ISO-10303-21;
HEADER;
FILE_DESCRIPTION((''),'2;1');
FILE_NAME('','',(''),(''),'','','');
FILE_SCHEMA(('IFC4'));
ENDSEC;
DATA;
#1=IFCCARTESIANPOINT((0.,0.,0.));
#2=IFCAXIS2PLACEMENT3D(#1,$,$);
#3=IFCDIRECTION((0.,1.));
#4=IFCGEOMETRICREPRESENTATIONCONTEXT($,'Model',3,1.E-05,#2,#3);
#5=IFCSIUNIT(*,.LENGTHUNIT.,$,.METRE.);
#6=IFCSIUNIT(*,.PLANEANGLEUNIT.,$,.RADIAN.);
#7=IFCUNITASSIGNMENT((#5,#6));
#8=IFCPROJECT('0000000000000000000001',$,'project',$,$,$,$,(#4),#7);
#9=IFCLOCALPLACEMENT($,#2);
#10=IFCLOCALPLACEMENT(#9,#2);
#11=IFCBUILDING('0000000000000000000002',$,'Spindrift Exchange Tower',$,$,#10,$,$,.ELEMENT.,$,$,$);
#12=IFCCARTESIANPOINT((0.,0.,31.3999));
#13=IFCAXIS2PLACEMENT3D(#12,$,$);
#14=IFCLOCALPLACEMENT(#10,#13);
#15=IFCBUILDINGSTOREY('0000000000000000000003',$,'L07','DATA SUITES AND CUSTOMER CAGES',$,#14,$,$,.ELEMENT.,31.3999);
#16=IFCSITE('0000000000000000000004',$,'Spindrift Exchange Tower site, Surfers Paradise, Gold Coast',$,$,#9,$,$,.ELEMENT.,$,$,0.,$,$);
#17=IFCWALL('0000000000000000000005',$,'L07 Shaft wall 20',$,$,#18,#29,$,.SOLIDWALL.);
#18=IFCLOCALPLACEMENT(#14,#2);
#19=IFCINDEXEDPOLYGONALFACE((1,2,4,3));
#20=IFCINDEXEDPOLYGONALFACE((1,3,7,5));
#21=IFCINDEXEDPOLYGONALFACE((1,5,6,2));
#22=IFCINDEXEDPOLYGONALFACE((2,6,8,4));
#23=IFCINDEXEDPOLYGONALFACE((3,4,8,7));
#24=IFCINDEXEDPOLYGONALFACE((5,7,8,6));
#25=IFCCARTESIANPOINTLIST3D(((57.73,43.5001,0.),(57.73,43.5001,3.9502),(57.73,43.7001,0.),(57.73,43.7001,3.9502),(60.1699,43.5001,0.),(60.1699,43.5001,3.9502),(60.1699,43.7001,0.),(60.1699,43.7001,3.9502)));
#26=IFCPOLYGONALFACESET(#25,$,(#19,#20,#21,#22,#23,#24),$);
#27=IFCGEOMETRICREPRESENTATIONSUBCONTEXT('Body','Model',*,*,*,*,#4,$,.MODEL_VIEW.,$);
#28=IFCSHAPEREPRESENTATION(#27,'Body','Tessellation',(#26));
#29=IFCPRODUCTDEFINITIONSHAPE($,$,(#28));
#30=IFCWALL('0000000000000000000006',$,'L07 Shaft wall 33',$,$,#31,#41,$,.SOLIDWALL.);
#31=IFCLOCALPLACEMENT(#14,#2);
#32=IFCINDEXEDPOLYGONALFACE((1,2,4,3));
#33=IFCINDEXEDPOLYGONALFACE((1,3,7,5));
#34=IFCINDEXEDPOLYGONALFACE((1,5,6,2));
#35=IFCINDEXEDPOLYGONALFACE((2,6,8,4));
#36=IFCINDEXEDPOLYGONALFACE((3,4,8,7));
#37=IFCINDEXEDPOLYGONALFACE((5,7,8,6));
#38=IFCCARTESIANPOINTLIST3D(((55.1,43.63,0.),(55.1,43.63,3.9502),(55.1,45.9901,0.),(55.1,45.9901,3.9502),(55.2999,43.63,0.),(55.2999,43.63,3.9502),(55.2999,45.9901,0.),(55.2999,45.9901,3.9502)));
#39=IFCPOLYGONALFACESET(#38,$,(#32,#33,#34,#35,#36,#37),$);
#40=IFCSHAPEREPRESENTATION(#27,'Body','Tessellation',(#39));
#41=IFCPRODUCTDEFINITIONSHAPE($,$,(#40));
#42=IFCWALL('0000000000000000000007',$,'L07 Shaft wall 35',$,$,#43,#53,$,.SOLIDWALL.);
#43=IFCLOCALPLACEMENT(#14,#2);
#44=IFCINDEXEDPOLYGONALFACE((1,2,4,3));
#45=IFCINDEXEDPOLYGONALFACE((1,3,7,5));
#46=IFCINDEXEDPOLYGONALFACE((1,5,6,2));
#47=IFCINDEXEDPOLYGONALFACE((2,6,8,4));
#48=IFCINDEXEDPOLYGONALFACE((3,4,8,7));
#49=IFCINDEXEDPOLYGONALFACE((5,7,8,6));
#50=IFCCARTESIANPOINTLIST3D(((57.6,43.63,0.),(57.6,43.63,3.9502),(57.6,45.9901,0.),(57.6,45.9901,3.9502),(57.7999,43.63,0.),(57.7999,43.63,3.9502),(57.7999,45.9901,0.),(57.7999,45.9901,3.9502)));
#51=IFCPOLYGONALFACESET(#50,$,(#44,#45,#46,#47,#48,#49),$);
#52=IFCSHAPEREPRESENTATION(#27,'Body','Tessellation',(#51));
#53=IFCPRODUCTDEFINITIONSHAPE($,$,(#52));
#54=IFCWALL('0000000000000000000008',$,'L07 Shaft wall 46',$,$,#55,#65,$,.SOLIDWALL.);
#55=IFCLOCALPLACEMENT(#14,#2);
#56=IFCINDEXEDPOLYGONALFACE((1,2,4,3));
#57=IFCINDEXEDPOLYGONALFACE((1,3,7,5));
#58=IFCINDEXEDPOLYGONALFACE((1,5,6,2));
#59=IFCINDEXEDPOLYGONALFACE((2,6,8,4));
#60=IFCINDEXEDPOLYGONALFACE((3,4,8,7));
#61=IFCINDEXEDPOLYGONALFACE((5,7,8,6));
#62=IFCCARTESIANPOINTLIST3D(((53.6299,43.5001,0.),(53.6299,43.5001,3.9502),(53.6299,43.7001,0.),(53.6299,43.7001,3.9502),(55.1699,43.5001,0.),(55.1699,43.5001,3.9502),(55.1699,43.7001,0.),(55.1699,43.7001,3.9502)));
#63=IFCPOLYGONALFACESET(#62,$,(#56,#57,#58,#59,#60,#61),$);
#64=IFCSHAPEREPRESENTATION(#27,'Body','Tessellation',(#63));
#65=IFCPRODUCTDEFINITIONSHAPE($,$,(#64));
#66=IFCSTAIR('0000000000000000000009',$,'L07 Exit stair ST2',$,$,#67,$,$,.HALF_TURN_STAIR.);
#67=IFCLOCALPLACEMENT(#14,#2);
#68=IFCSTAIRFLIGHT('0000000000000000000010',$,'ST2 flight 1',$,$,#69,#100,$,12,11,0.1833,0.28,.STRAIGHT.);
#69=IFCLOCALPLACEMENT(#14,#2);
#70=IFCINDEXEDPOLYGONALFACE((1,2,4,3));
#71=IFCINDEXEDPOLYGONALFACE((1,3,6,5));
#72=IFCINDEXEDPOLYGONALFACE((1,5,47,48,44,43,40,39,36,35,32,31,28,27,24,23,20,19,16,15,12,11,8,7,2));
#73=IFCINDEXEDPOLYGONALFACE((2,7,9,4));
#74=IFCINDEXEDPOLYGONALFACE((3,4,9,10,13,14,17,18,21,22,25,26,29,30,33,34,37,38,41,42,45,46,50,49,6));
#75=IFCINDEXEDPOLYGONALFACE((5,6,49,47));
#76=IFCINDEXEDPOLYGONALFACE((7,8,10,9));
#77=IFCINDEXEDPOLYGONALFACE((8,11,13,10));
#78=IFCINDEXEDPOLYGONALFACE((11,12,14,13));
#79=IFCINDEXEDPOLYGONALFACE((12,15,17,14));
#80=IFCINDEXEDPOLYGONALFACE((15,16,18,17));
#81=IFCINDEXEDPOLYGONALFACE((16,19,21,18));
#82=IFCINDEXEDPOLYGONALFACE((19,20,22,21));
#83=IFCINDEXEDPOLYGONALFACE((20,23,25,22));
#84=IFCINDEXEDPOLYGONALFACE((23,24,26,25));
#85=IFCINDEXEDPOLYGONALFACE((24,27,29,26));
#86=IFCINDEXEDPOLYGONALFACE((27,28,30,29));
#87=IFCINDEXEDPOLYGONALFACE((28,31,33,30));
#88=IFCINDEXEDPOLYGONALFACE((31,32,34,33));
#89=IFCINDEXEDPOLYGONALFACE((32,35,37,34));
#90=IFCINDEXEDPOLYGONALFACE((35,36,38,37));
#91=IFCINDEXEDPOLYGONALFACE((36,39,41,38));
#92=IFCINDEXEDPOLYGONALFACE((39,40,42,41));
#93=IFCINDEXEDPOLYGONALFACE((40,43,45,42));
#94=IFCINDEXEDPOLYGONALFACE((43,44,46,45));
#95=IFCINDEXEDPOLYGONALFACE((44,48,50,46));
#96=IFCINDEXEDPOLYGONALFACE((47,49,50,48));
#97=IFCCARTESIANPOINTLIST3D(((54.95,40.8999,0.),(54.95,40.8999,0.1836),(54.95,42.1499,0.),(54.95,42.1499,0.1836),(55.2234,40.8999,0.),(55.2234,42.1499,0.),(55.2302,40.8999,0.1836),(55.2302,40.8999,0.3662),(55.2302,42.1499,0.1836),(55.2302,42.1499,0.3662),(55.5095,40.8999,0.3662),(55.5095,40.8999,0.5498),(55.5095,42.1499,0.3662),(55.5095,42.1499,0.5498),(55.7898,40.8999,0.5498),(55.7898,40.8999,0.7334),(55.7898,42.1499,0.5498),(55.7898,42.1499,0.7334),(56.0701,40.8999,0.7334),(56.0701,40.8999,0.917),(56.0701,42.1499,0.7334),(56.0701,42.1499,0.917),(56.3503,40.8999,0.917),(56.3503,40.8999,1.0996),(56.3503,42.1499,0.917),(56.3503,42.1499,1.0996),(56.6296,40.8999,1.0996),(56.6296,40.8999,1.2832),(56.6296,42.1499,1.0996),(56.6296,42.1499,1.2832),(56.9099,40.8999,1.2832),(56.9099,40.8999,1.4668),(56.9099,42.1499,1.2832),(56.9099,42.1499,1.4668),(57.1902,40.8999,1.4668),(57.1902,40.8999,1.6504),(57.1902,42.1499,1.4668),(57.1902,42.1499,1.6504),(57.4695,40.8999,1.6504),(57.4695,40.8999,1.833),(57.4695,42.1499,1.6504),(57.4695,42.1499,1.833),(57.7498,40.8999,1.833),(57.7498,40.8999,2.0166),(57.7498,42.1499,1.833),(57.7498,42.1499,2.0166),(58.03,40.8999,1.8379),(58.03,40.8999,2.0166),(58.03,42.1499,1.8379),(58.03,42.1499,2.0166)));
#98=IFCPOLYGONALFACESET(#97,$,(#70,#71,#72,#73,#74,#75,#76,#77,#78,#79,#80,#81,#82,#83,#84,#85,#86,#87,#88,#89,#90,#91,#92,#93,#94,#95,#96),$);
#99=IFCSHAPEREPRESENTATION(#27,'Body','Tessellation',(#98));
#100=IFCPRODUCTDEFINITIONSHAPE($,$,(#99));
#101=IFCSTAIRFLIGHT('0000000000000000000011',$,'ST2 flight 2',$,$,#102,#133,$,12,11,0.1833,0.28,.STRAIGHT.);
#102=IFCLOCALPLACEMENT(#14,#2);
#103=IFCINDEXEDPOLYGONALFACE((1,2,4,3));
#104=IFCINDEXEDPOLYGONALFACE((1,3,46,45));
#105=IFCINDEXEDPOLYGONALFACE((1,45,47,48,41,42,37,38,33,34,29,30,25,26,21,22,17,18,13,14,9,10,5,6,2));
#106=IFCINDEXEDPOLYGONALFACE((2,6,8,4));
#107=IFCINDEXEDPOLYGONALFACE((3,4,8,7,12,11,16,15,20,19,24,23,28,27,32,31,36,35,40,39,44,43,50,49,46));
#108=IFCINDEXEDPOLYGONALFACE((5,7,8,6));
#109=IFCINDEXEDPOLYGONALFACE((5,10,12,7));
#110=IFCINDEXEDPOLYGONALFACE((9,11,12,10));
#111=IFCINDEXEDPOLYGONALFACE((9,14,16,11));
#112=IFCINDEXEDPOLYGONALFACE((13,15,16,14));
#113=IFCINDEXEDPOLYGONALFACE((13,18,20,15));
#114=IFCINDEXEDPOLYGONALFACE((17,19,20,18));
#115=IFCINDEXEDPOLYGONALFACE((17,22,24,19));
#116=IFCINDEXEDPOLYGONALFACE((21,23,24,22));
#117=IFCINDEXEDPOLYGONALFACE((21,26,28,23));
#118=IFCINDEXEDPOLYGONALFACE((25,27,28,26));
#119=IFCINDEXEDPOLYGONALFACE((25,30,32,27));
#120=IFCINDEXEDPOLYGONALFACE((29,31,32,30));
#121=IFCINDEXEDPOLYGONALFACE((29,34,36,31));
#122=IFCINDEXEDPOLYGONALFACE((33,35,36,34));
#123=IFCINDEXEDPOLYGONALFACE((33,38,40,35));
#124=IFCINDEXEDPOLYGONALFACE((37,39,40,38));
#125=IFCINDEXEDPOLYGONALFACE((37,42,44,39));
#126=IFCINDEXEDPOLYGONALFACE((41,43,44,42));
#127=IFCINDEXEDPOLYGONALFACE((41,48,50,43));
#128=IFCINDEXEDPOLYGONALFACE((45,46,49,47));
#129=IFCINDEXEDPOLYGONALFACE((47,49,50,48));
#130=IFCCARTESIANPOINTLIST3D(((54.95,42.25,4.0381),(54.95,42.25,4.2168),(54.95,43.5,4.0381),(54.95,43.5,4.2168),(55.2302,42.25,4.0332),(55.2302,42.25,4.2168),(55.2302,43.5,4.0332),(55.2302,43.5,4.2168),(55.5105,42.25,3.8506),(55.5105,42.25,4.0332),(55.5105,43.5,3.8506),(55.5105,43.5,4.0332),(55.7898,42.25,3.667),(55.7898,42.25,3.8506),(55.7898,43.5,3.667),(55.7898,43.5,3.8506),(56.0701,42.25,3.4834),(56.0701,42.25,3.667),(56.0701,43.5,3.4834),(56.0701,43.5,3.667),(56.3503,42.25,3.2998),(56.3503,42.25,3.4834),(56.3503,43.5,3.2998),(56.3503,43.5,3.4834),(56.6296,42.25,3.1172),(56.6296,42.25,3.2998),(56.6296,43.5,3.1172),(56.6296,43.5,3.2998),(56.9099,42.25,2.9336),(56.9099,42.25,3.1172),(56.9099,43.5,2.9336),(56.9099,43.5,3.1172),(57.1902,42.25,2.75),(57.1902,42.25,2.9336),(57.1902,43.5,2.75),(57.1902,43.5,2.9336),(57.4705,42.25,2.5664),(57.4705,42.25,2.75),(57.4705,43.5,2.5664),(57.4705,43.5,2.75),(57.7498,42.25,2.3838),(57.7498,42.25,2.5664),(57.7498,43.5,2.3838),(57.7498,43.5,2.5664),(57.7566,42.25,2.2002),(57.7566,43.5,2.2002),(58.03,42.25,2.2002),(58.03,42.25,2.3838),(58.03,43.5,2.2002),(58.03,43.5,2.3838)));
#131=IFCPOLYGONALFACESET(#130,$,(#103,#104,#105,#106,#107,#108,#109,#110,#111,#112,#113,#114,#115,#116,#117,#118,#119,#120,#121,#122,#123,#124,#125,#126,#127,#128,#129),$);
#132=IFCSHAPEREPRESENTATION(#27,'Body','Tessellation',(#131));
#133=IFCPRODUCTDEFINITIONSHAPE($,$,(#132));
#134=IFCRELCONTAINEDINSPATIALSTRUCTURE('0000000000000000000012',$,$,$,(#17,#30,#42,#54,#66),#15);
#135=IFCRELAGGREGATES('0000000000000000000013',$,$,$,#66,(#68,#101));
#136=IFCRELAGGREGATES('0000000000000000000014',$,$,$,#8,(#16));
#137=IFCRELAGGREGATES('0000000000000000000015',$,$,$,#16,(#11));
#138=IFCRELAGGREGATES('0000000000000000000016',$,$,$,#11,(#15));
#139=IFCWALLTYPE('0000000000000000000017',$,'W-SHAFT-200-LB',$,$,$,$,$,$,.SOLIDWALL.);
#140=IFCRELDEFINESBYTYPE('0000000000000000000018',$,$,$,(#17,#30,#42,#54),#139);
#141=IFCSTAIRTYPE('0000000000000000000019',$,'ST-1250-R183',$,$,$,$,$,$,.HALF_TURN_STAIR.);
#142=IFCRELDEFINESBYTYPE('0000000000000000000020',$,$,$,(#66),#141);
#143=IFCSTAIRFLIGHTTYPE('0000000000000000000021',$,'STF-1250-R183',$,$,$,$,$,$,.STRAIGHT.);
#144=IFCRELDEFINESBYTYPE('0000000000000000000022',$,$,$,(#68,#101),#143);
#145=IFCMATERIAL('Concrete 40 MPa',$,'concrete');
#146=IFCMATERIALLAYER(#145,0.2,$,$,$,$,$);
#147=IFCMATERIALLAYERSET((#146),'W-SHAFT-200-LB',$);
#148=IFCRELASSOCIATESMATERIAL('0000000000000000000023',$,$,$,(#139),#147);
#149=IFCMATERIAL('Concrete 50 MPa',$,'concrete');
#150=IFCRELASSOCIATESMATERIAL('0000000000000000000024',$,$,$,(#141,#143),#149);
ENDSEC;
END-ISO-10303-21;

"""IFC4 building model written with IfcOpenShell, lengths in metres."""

from ifc_helpers import new_model, si_unit, direction, frame, frame_2d, origin, place, context, subcontext, project, spatial, line, indexed_curve, rectangle, outline, extrude, material, layer, layer_set, type_object, element, aggregate, save


model = new_model("IFC4")

# Units and contexts
model_context = context("Model", 3, precision=1e-05, world=origin(), true_north=direction((0.0, 1.0)))
body_context = subcontext(model_context, "Body", "Model", "MODEL_VIEW")
ifc_project = project(units=[si_unit("LENGTHUNIT", "METRE"), si_unit("PLANEANGLEUNIT", "RADIAN")], contexts=[model_context])

# Site, building, storey
site_placement = place(None, origin())
site = spatial("IfcSite", under=ifc_project, at=site_placement, Name="Spindrift Exchange Tower site, Surfers Paradise, Gold Coast", CompositionType="ELEMENT", RefElevation=0.0)
building_placement = place(site_placement, origin())
building = spatial("IfcBuilding", under=site, at=building_placement, Name="Spindrift Exchange Tower", CompositionType="ELEMENT")
storey_placement = place(building_placement, frame((0.0, 0.0, 31.3999)))
storey = spatial("IfcBuildingStorey", under=building, at=storey_placement, Name="L07", Description="DATA SUITES AND CUSTOMER CAGES", CompositionType="ELEMENT", Elevation=31.3999)

# Shared definitions
ifc_material_1 = material(Name="Concrete 40 MPa", Category="concrete")
ifc_layer = layer(ifc_material_1, 0.2)
ifc_layer_set = layer_set([ifc_layer], Name="W-SHAFT-200-LB")
wall_type = type_object("IfcWallType", Name="W-SHAFT-200-LB", PredefinedType="SOLIDWALL", material=ifc_layer_set)

# Walls
wall_1_placement = place(storey_placement, frame((57.73, 43.6001, 0.0), z_axis=(0.0, 0.0, 1.0), x_axis=(1.0, 0.0, 0.0)))
element("IfcWall", 1, at=wall_1_placement, inside=storey, type_object=wall_type, Name="L07 Shaft wall 20", PredefinedType="SOLIDWALL", context=body_context, shape_type="SweptSolid", body=[
    extrude(rectangle(XDim=2.4399, YDim=0.2, at=frame_2d((1.22, 0.0))), origin(), (0.0, 0.0, 1.0), 3.9502),
])
for number, where, z_axis, x_axis, name in (
    (2, (55.2, 43.6299, 0.0), (0.0, 0.0, 1.0), (0.0, 1.0, 0.0), "L07 Shaft wall 33"),
    (3, (57.7, 43.6299, 0.0), (0.0, 0.0, 1.0), (0.0, 1.0, 0.0), "L07 Shaft wall 35"),
):
    element("IfcWall", number, at=place(storey_placement, frame(where, z_axis=z_axis, x_axis=x_axis)), inside=storey, type_object=wall_type, Name=name, PredefinedType="SOLIDWALL", context=body_context, shape_type="SweptSolid", body=[
        extrude(rectangle(XDim=2.3601, YDim=0.2, at=frame_2d((1.1802, 0.0))), origin(), (0.0, 0.0, 1.0), 3.9502),
    ])
wall_2_placement = place(storey_placement, frame((53.6299, 43.6001, 0.0), z_axis=(0.0, 0.0, 1.0), x_axis=(1.0, 0.0, 0.0)))
element("IfcWall", 4, at=wall_2_placement, inside=storey, type_object=wall_type, Name="L07 Shaft wall 46", PredefinedType="SOLIDWALL", context=body_context, shape_type="SweptSolid", body=[
    extrude(rectangle(XDim=1.54, YDim=0.2, at=frame_2d((0.77, 0.0))), origin(), (0.0, 0.0, 1.0), 3.9502),
])

# Stair, stair flights
ifc_material_2 = material(Name="Concrete 50 MPa", Category="concrete")
stair_type = type_object("IfcStairType", Name="ST-1250-R183", PredefinedType="HALF_TURN_STAIR", material=ifc_material_2)
stair_placement = place(storey_placement, origin())
stair = element("IfcStair", 5, at=stair_placement, inside=storey, type_object=stair_type, Name="L07 Exit stair ST2", PredefinedType="HALF_TURN_STAIR")
stair_flight_type = type_object("IfcStairFlightType", Name="STF-1250-R183", PredefinedType="STRAIGHT", material=ifc_material_2)
stair_flight_1_placement = place(storey_placement, frame((54.95, 41.5249, 0.0), z_axis=(0.0, 0.0, 1.0), x_axis=(1.0, 0.0, 0.0)))
stair_flight_1 = element("IfcStairFlight", 6, at=stair_flight_1_placement, type_object=stair_flight_type, Name="ST2 flight 1", NumberOfRisers=12, NumberOfTreads=11, PredefinedType="STRAIGHT", RiserHeight=0.1833, TreadLength=0.28, context=body_context, shape_type="SweptSolid", body=[
    extrude(outline(indexed_curve([(0.0, 0.0), (0.0, 0.1836), (0.2803, 0.1836), (0.2803, 0.3662), (0.5596, 0.3662), (0.5596, 0.5498), (0.8398, 0.5498), (0.8398, 0.7334), (1.1201, 0.7334), (1.1201, 0.917), (1.4004, 0.917), (1.4004, 1.0996), (1.6797, 1.0996), (1.6797, 1.2832), (1.96, 1.2832), (1.96, 1.4668), (2.2402, 1.4668), (2.2402, 1.6504), (2.5195, 1.6504), (2.5195, 1.833), (2.7998, 1.833), (2.7998, 2.0166), (3.0801, 2.0166), (3.0801, 2.2002), (3.0801, 1.8379), (0.2734, 0.0)], segments=[line(1, 2, 3, 4, 5, 6, 7, 8, 9, 10, 11, 12, 13, 14, 15, 16, 17, 18, 19, 20, 21, 22, 23, 24, 25, 26, 1)], self_intersect=False)), frame((0.0, 0.625, 0.0), z_axis=(0.0, -1.0, 0.0), x_axis=(1.0, 0.0, 0.0)), (0.0, 0.0, 1.0), 1.25),
])
stair_flight_2_placement = place(storey_placement, frame((58.03, 42.875, 2.2002), z_axis=(0.0, 0.0, 1.0), x_axis=(-1.0, 0.0, 0.0)))
stair_flight_2 = element("IfcStairFlight", 7, at=stair_flight_2_placement, type_object=stair_flight_type, Name="ST2 flight 2", NumberOfRisers=12, NumberOfTreads=11, PredefinedType="STRAIGHT", RiserHeight=0.1833, TreadLength=0.28, context=body_context, shape_type="SweptSolid", body=[
    extrude(outline(indexed_curve([(0.0, 0.0), (0.0, 0.1836), (0.2803, 0.1836), (0.2803, 0.3662), (0.5596, 0.3662), (0.5596, 0.5498), (0.8398, 0.5498), (0.8398, 0.7334), (1.1201, 0.7334), (1.1201, 0.917), (1.4004, 0.917), (1.4004, 1.0996), (1.6797, 1.0996), (1.6797, 1.2832), (1.96, 1.2832), (1.96, 1.4668), (2.2402, 1.4668), (2.2402, 1.6504), (2.5195, 1.6504), (2.5195, 1.833), (2.7998, 1.833), (2.7998, 2.0166), (3.0801, 2.0166), (3.0801, 2.2002), (3.0801, 1.8379), (0.2734, 0.0)], segments=[line(1, 2, 3, 4, 5, 6, 7, 8, 9, 10, 11, 12, 13, 14, 15, 16, 17, 18, 19, 20, 21, 22, 23, 24, 25, 26, 1)], self_intersect=False)), frame((0.0, 0.625, 0.0), z_axis=(0.0, -1.0, 0.0), x_axis=(1.0, 0.0, 0.0)), (0.0, 0.0, 1.0), 1.25),
])
aggregate(stair, [stair_flight_1, stair_flight_2])

save(model, "model.ifc")
